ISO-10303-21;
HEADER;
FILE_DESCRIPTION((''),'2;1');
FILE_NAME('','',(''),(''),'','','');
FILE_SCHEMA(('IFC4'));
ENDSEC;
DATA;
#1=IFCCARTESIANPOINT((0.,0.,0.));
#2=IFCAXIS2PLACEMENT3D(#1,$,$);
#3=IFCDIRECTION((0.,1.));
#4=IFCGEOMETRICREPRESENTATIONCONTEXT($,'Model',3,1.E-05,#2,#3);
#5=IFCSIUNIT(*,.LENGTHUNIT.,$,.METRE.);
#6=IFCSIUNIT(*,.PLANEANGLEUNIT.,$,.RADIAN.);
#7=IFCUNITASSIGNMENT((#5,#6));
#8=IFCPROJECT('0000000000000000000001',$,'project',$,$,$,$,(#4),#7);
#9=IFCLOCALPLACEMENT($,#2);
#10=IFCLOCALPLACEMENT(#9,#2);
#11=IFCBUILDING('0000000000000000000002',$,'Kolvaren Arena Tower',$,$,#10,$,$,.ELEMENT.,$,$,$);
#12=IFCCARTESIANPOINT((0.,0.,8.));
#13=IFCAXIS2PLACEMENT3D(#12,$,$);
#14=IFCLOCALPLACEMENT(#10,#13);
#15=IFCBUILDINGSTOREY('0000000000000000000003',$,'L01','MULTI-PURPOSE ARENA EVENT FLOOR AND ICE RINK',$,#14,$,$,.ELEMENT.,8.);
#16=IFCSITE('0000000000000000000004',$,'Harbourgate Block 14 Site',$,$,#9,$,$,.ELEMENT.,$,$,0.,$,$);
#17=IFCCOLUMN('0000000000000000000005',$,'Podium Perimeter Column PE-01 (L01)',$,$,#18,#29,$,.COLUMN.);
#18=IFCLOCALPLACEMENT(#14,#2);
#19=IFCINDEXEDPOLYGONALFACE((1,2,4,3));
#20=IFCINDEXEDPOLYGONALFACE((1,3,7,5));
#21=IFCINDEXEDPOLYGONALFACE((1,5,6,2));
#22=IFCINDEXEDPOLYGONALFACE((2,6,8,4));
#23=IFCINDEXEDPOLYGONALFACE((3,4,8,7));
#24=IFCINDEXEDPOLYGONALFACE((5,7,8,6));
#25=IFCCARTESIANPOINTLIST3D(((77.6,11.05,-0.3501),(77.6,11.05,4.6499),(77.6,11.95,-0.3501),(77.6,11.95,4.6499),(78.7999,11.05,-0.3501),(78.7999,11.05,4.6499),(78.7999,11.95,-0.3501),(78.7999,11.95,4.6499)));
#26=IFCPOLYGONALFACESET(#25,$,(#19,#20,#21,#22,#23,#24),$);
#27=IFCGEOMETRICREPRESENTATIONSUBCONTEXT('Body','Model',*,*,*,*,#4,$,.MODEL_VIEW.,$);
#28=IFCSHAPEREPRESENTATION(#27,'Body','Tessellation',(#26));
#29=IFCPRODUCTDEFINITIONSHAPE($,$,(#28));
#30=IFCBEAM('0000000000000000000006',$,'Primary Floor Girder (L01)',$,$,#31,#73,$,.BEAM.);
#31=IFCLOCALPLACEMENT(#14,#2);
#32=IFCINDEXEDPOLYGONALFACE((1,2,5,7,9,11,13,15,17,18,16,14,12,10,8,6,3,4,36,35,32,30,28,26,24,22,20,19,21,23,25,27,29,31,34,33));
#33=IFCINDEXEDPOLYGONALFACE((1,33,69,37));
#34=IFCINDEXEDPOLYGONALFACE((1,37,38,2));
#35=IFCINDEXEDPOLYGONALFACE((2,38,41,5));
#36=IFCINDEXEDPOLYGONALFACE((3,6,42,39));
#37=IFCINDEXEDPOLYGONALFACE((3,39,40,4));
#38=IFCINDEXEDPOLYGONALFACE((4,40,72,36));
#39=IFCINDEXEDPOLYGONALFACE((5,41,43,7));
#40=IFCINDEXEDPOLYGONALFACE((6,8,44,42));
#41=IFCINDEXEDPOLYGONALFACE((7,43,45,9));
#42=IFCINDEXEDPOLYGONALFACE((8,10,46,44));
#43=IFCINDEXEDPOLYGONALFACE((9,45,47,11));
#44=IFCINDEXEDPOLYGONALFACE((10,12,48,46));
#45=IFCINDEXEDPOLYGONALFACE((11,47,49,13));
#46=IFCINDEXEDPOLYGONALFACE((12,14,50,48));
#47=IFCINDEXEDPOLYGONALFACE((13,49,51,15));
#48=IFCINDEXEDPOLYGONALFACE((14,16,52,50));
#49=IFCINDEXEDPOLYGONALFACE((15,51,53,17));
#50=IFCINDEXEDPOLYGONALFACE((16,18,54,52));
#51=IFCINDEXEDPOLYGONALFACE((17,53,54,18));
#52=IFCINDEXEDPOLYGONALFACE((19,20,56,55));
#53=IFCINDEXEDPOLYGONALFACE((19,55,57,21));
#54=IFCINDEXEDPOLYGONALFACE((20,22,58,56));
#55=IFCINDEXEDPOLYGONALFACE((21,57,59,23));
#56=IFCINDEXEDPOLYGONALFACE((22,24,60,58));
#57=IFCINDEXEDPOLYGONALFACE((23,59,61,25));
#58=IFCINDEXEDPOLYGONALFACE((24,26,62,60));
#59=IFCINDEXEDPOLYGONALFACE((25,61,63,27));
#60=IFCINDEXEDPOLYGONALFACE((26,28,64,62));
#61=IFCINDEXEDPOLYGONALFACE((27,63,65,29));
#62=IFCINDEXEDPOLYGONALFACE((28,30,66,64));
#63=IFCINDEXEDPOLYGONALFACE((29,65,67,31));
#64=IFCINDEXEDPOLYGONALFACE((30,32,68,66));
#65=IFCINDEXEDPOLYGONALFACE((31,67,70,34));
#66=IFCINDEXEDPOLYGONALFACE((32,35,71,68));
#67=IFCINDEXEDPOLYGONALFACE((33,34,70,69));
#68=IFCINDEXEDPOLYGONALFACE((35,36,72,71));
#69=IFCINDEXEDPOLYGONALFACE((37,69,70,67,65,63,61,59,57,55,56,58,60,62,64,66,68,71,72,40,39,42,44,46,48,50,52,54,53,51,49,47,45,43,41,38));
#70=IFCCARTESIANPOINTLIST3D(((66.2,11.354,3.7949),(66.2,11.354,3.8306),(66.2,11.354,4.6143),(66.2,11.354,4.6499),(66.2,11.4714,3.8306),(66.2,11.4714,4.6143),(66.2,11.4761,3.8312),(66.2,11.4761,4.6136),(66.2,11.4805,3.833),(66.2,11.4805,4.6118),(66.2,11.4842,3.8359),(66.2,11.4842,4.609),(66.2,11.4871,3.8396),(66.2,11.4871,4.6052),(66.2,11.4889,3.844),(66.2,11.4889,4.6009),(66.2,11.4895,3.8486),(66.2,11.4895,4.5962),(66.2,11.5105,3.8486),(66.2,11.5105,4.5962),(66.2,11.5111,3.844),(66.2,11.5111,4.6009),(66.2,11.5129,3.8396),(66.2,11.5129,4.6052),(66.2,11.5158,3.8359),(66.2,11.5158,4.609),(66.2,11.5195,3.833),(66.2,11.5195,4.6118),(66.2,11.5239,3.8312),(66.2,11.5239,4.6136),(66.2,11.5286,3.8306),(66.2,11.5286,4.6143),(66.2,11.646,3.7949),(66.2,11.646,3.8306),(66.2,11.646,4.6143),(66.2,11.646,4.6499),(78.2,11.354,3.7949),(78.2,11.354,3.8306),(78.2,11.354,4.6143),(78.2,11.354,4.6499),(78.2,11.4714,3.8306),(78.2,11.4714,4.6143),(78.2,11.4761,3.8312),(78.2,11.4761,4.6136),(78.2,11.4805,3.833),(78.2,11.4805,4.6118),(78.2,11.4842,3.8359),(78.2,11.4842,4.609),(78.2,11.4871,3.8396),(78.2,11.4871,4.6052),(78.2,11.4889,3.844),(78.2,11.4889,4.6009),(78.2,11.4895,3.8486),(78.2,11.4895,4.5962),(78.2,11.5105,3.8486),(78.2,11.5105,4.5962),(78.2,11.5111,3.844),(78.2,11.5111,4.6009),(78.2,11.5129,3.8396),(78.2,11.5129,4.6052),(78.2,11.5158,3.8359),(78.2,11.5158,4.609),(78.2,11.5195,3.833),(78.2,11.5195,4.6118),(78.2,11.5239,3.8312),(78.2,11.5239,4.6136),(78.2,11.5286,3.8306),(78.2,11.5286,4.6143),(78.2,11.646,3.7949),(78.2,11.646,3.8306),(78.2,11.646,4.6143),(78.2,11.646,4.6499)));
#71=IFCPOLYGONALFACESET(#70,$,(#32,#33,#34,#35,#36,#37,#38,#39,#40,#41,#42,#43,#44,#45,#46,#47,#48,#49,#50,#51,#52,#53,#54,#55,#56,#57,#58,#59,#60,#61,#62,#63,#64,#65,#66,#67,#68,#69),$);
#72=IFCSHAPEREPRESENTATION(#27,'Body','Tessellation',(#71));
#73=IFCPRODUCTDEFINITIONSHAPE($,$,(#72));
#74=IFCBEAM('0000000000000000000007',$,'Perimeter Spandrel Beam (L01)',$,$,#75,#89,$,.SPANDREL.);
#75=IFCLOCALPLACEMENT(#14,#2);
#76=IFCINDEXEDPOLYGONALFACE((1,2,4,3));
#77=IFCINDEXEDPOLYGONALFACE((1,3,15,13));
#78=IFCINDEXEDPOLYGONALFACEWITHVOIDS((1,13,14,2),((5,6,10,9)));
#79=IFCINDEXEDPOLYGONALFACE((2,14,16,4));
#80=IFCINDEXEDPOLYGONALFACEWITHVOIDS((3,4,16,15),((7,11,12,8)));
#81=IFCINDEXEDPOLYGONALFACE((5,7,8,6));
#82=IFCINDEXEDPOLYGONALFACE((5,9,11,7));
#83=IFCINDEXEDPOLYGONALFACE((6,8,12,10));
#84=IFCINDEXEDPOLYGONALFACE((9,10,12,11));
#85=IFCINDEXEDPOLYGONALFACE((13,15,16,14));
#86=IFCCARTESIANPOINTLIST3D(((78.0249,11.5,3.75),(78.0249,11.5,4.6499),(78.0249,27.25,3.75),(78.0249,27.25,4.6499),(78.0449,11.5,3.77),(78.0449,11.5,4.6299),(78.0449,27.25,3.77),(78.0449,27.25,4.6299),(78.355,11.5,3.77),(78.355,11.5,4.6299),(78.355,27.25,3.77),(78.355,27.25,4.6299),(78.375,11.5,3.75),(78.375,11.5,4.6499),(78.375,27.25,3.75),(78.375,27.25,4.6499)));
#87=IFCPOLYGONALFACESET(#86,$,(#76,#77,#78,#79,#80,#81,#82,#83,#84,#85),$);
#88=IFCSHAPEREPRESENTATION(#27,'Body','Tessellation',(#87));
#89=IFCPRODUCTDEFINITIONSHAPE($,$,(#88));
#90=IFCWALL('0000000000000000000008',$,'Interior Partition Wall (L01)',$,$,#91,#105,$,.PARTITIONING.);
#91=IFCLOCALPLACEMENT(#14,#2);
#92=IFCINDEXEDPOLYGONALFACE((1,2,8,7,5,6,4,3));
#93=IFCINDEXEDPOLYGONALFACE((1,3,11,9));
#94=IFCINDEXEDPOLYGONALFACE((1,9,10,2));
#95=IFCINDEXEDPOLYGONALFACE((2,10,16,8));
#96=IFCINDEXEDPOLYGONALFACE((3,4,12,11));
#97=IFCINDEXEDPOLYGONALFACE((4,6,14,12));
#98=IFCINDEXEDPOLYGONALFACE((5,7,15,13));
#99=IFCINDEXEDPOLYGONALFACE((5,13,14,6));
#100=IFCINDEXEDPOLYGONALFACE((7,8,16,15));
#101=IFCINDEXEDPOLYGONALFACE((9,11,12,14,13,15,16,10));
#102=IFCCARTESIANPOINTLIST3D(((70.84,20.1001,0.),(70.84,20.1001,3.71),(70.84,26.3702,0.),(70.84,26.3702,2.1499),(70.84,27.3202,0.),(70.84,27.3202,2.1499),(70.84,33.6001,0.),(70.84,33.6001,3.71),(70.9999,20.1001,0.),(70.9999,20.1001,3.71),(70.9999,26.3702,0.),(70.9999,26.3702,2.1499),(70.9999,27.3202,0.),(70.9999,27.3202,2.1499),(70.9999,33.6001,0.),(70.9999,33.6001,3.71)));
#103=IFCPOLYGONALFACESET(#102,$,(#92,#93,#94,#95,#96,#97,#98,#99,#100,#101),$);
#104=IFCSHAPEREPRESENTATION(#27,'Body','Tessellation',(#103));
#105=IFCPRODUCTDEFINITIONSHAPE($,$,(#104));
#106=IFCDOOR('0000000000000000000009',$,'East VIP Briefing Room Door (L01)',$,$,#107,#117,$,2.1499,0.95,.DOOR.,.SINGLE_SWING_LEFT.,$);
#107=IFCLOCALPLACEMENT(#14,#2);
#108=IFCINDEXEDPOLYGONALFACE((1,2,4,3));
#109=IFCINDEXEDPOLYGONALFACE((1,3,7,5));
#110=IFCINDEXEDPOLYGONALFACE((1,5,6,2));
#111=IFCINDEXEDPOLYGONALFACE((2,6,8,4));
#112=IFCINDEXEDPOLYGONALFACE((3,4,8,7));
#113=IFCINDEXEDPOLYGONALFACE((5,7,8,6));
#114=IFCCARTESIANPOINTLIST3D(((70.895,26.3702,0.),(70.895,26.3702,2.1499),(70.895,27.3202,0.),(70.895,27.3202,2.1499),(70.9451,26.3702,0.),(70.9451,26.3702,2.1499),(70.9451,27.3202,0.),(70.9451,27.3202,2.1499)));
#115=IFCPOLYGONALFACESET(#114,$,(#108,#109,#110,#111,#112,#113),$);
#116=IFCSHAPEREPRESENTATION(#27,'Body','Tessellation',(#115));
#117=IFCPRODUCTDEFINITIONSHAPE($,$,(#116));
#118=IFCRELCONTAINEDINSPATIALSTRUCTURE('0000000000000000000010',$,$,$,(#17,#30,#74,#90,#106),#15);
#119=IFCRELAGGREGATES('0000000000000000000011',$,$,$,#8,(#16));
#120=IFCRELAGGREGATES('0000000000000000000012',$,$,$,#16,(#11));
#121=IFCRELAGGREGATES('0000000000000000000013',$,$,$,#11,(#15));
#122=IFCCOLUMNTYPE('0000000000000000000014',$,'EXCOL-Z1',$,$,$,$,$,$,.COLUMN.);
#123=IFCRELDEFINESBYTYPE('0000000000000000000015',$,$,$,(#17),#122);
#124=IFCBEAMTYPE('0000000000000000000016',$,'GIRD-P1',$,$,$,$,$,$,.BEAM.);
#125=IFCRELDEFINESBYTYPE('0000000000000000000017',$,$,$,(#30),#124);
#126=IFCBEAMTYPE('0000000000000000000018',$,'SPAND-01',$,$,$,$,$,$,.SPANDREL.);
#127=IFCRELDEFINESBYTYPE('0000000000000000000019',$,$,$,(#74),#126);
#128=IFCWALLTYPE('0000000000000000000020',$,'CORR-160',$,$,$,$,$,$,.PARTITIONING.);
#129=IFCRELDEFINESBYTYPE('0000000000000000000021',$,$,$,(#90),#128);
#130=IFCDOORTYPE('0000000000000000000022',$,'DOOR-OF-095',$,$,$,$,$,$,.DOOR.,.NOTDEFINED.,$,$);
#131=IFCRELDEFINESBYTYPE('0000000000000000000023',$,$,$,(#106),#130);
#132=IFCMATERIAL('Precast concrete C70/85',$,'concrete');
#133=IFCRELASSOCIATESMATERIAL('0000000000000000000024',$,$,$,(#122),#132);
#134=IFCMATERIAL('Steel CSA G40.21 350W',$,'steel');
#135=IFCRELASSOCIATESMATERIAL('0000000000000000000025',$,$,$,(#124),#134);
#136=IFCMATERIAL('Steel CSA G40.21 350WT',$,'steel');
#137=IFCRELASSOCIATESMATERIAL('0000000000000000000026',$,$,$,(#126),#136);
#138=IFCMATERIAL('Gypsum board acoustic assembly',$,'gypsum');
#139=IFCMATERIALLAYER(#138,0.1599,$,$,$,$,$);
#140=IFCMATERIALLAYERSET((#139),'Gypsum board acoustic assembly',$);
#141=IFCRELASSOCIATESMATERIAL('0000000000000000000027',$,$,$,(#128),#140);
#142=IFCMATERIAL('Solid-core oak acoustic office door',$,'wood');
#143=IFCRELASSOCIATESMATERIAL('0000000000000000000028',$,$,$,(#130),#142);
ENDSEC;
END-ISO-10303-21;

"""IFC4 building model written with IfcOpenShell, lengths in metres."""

from ifc_helpers import new_model, si_unit, direction, frame, frame_2d, origin, origin_2d, place, context, subcontext, project, spatial, rectangle, hollow_rectangle, i_section, extrude, material, layer, layer_set, material_profile, profile_set, type_object, element, fill, save


model = new_model("IFC4")

# Units and contexts
model_context = context("Model", 3, precision=1e-05, world=origin(), true_north=direction((0.0, 1.0)))
body_context = subcontext(model_context, "Body", "Model", "MODEL_VIEW")
ifc_project = project(units=[si_unit("LENGTHUNIT", "METRE"), si_unit("PLANEANGLEUNIT", "RADIAN")], contexts=[model_context])

# Site, building, storey
site_placement = place(None, origin())
site = spatial("IfcSite", under=ifc_project, at=site_placement, Name="Harbourgate Block 14 Site", CompositionType="ELEMENT", RefElevation=0.0)
building_placement = place(site_placement, origin())
building = spatial("IfcBuilding", under=site, at=building_placement, Name="Kolvaren Arena Tower", CompositionType="ELEMENT")
storey_placement = place(building_placement, frame((0.0, 0.0, 8.0)))
storey = spatial("IfcBuildingStorey", under=building, at=storey_placement, Name="L01", Description="MULTI-PURPOSE ARENA EVENT FLOOR AND ICE RINK", CompositionType="ELEMENT", Elevation=8.0)

# Column
ifc_material_1 = material(Name="Precast concrete C70/85", Category="concrete")
ifc_material_profile_1 = material_profile(ifc_material_1, rectangle(XDim=1.2, YDim=0.8999, at=origin_2d()), Name="RC-1200x900")
ifc_profile_set_1 = profile_set([ifc_material_profile_1], Name="Precast concrete C70/85")
column_type = type_object("IfcColumnType", Name="EXCOL-Z1", PredefinedType="COLUMN", material=ifc_profile_set_1)
column_placement = place(storey_placement, frame((78.2, 11.5, -0.3501), z_axis=(0.0, 0.0, 1.0), x_axis=(1.0, 0.0, 0.0)))
element("IfcColumn", 1, at=column_placement, inside=storey, type_object=column_type, Name="Podium Perimeter Column PE-01 (L01)", PredefinedType="COLUMN", context=body_context, shape_type="SweptSolid", body=[
    extrude(rectangle(XDim=1.2, YDim=0.8999, at=origin_2d()), origin(), (0.0, 0.0, 1.0), 5.0),
])

# Beams
ifc_material_2 = material(Name="Steel CSA G40.21 350W", Category="steel")
ifc_material_profile_2 = material_profile(ifc_material_2, i_section(OverallWidth=0.292, OverallDepth=0.855, WebThickness=0.021, FlangeThickness=0.0356, FilletRadius=0.0181, at=origin_2d()), Name="W840x299")
ifc_profile_set_2 = profile_set([ifc_material_profile_2], Name="Steel CSA G40.21 350W")
beam_type_1 = type_object("IfcBeamType", Name="GIRD-P1", PredefinedType="BEAM", material=ifc_profile_set_2)
beam_1_placement = place(storey_placement, frame((66.2, 11.5, 4.2224), z_axis=(1.0, 0.0, 0.0), x_axis=(0.0, 1.0, 0.0)))
element("IfcBeam", 2, at=beam_1_placement, inside=storey, type_object=beam_type_1, Name="Primary Floor Girder (L01)", PredefinedType="BEAM", context=body_context, shape_type="SweptSolid", body=[
    extrude(i_section(OverallWidth=0.292, OverallDepth=0.855, WebThickness=0.021, FlangeThickness=0.0356, FilletRadius=0.0181, at=origin_2d()), origin(), (0.0, 0.0, 1.0), 12.0),
])
ifc_material_3 = material(Name="Steel CSA G40.21 350WT", Category="steel")
ifc_material_profile_3 = material_profile(ifc_material_3, hollow_rectangle(XDim=0.3501, YDim=0.8999, WallThickness=0.02, at=origin_2d()), Name="HSS 900x350x20")
ifc_profile_set_3 = profile_set([ifc_material_profile_3], Name="Steel CSA G40.21 350WT")
beam_type_2 = type_object("IfcBeamType", Name="SPAND-01", PredefinedType="SPANDREL", material=ifc_profile_set_3)
beam_2_placement = place(storey_placement, frame((78.2, 11.5, 4.2), z_axis=(0.0, 1.0, 0.0), x_axis=(-1.0, 0.0, 0.0)))
element("IfcBeam", 3, at=beam_2_placement, inside=storey, type_object=beam_type_2, Name="Perimeter Spandrel Beam (L01)", PredefinedType="SPANDREL", context=body_context, shape_type="SweptSolid", body=[
    extrude(hollow_rectangle(XDim=0.3501, YDim=0.8999, WallThickness=0.02, at=origin_2d()), origin(), (0.0, 0.0, 1.0), 15.75),
])

# Wall, opening, door
ifc_material_4 = material(Name="Gypsum board acoustic assembly", Category="gypsum")
ifc_layer_1 = layer(ifc_material_4, 0.1599)
ifc_layer_set_1 = layer_set([ifc_layer_1], Name="Gypsum board acoustic assembly")
wall_type_1 = type_object("IfcWallType", Name="CORR-160", PredefinedType="PARTITIONING", material=ifc_layer_set_1)
wall_1_placement = place(storey_placement, frame((70.9199, 20.1001, 0.0), z_axis=(0.0, 0.0, 1.0), x_axis=(0.0, 1.0, 0.0)))
wall_1 = element("IfcWall", 4, at=wall_1_placement, inside=storey, type_object=wall_type_1, Name="Interior Partition Wall (L01)", PredefinedType="PARTITIONING", context=body_context, shape_type="SweptSolid", body=[
    extrude(rectangle(XDim=13.5, YDim=0.1599, at=frame_2d((6.75, 0.0))), origin(), (0.0, 0.0, 1.0), 3.71),
])
opening_1_placement = place(wall_1_placement, frame((6.27, 0.0, 0.0)))
opening_1 = element("IfcOpeningElement", 5, at=opening_1_placement, cuts=wall_1, PredefinedType="OPENING", context=body_context, shape_type="SweptSolid", body=[
    extrude(rectangle(XDim=0.95, YDim=2.1499, at=frame_2d((0.4751, 1.075))), frame((0.0, 0.0898, 0.0), z_axis=(0.0, -1.0, 0.0), x_axis=(1.0, 0.0, 0.0)), (0.0, 0.0, 1.0), 0.1799),
])
ifc_material_5 = material(Name="Solid-core oak acoustic office door", Category="wood")
door_type = type_object("IfcDoorType", Name="DOOR-OF-095", OperationType="NOTDEFINED", PredefinedType="DOOR", material=ifc_material_5)
door_1_placement = place(opening_1_placement, origin())
door_1 = element("IfcDoor", 6, at=door_1_placement, inside=storey, type_object=door_type, Name="East VIP Briefing Room Door (L01)", OperationType="SINGLE_SWING_LEFT", OverallHeight=2.1499, OverallWidth=0.95, PredefinedType="DOOR", context=body_context, shape_type="SweptSolid", body=[
    extrude(rectangle(XDim=0.95, YDim=2.1499, at=frame_2d((0.4751, 1.075))), frame((0.0, 0.0249, 0.0), z_axis=(0.0, -1.0, 0.0), x_axis=(1.0, 0.0, 0.0)), (0.0, 0.0, 1.0), 0.05),
])
fill(opening_1, door_1)

save(model, "model.ifc")
